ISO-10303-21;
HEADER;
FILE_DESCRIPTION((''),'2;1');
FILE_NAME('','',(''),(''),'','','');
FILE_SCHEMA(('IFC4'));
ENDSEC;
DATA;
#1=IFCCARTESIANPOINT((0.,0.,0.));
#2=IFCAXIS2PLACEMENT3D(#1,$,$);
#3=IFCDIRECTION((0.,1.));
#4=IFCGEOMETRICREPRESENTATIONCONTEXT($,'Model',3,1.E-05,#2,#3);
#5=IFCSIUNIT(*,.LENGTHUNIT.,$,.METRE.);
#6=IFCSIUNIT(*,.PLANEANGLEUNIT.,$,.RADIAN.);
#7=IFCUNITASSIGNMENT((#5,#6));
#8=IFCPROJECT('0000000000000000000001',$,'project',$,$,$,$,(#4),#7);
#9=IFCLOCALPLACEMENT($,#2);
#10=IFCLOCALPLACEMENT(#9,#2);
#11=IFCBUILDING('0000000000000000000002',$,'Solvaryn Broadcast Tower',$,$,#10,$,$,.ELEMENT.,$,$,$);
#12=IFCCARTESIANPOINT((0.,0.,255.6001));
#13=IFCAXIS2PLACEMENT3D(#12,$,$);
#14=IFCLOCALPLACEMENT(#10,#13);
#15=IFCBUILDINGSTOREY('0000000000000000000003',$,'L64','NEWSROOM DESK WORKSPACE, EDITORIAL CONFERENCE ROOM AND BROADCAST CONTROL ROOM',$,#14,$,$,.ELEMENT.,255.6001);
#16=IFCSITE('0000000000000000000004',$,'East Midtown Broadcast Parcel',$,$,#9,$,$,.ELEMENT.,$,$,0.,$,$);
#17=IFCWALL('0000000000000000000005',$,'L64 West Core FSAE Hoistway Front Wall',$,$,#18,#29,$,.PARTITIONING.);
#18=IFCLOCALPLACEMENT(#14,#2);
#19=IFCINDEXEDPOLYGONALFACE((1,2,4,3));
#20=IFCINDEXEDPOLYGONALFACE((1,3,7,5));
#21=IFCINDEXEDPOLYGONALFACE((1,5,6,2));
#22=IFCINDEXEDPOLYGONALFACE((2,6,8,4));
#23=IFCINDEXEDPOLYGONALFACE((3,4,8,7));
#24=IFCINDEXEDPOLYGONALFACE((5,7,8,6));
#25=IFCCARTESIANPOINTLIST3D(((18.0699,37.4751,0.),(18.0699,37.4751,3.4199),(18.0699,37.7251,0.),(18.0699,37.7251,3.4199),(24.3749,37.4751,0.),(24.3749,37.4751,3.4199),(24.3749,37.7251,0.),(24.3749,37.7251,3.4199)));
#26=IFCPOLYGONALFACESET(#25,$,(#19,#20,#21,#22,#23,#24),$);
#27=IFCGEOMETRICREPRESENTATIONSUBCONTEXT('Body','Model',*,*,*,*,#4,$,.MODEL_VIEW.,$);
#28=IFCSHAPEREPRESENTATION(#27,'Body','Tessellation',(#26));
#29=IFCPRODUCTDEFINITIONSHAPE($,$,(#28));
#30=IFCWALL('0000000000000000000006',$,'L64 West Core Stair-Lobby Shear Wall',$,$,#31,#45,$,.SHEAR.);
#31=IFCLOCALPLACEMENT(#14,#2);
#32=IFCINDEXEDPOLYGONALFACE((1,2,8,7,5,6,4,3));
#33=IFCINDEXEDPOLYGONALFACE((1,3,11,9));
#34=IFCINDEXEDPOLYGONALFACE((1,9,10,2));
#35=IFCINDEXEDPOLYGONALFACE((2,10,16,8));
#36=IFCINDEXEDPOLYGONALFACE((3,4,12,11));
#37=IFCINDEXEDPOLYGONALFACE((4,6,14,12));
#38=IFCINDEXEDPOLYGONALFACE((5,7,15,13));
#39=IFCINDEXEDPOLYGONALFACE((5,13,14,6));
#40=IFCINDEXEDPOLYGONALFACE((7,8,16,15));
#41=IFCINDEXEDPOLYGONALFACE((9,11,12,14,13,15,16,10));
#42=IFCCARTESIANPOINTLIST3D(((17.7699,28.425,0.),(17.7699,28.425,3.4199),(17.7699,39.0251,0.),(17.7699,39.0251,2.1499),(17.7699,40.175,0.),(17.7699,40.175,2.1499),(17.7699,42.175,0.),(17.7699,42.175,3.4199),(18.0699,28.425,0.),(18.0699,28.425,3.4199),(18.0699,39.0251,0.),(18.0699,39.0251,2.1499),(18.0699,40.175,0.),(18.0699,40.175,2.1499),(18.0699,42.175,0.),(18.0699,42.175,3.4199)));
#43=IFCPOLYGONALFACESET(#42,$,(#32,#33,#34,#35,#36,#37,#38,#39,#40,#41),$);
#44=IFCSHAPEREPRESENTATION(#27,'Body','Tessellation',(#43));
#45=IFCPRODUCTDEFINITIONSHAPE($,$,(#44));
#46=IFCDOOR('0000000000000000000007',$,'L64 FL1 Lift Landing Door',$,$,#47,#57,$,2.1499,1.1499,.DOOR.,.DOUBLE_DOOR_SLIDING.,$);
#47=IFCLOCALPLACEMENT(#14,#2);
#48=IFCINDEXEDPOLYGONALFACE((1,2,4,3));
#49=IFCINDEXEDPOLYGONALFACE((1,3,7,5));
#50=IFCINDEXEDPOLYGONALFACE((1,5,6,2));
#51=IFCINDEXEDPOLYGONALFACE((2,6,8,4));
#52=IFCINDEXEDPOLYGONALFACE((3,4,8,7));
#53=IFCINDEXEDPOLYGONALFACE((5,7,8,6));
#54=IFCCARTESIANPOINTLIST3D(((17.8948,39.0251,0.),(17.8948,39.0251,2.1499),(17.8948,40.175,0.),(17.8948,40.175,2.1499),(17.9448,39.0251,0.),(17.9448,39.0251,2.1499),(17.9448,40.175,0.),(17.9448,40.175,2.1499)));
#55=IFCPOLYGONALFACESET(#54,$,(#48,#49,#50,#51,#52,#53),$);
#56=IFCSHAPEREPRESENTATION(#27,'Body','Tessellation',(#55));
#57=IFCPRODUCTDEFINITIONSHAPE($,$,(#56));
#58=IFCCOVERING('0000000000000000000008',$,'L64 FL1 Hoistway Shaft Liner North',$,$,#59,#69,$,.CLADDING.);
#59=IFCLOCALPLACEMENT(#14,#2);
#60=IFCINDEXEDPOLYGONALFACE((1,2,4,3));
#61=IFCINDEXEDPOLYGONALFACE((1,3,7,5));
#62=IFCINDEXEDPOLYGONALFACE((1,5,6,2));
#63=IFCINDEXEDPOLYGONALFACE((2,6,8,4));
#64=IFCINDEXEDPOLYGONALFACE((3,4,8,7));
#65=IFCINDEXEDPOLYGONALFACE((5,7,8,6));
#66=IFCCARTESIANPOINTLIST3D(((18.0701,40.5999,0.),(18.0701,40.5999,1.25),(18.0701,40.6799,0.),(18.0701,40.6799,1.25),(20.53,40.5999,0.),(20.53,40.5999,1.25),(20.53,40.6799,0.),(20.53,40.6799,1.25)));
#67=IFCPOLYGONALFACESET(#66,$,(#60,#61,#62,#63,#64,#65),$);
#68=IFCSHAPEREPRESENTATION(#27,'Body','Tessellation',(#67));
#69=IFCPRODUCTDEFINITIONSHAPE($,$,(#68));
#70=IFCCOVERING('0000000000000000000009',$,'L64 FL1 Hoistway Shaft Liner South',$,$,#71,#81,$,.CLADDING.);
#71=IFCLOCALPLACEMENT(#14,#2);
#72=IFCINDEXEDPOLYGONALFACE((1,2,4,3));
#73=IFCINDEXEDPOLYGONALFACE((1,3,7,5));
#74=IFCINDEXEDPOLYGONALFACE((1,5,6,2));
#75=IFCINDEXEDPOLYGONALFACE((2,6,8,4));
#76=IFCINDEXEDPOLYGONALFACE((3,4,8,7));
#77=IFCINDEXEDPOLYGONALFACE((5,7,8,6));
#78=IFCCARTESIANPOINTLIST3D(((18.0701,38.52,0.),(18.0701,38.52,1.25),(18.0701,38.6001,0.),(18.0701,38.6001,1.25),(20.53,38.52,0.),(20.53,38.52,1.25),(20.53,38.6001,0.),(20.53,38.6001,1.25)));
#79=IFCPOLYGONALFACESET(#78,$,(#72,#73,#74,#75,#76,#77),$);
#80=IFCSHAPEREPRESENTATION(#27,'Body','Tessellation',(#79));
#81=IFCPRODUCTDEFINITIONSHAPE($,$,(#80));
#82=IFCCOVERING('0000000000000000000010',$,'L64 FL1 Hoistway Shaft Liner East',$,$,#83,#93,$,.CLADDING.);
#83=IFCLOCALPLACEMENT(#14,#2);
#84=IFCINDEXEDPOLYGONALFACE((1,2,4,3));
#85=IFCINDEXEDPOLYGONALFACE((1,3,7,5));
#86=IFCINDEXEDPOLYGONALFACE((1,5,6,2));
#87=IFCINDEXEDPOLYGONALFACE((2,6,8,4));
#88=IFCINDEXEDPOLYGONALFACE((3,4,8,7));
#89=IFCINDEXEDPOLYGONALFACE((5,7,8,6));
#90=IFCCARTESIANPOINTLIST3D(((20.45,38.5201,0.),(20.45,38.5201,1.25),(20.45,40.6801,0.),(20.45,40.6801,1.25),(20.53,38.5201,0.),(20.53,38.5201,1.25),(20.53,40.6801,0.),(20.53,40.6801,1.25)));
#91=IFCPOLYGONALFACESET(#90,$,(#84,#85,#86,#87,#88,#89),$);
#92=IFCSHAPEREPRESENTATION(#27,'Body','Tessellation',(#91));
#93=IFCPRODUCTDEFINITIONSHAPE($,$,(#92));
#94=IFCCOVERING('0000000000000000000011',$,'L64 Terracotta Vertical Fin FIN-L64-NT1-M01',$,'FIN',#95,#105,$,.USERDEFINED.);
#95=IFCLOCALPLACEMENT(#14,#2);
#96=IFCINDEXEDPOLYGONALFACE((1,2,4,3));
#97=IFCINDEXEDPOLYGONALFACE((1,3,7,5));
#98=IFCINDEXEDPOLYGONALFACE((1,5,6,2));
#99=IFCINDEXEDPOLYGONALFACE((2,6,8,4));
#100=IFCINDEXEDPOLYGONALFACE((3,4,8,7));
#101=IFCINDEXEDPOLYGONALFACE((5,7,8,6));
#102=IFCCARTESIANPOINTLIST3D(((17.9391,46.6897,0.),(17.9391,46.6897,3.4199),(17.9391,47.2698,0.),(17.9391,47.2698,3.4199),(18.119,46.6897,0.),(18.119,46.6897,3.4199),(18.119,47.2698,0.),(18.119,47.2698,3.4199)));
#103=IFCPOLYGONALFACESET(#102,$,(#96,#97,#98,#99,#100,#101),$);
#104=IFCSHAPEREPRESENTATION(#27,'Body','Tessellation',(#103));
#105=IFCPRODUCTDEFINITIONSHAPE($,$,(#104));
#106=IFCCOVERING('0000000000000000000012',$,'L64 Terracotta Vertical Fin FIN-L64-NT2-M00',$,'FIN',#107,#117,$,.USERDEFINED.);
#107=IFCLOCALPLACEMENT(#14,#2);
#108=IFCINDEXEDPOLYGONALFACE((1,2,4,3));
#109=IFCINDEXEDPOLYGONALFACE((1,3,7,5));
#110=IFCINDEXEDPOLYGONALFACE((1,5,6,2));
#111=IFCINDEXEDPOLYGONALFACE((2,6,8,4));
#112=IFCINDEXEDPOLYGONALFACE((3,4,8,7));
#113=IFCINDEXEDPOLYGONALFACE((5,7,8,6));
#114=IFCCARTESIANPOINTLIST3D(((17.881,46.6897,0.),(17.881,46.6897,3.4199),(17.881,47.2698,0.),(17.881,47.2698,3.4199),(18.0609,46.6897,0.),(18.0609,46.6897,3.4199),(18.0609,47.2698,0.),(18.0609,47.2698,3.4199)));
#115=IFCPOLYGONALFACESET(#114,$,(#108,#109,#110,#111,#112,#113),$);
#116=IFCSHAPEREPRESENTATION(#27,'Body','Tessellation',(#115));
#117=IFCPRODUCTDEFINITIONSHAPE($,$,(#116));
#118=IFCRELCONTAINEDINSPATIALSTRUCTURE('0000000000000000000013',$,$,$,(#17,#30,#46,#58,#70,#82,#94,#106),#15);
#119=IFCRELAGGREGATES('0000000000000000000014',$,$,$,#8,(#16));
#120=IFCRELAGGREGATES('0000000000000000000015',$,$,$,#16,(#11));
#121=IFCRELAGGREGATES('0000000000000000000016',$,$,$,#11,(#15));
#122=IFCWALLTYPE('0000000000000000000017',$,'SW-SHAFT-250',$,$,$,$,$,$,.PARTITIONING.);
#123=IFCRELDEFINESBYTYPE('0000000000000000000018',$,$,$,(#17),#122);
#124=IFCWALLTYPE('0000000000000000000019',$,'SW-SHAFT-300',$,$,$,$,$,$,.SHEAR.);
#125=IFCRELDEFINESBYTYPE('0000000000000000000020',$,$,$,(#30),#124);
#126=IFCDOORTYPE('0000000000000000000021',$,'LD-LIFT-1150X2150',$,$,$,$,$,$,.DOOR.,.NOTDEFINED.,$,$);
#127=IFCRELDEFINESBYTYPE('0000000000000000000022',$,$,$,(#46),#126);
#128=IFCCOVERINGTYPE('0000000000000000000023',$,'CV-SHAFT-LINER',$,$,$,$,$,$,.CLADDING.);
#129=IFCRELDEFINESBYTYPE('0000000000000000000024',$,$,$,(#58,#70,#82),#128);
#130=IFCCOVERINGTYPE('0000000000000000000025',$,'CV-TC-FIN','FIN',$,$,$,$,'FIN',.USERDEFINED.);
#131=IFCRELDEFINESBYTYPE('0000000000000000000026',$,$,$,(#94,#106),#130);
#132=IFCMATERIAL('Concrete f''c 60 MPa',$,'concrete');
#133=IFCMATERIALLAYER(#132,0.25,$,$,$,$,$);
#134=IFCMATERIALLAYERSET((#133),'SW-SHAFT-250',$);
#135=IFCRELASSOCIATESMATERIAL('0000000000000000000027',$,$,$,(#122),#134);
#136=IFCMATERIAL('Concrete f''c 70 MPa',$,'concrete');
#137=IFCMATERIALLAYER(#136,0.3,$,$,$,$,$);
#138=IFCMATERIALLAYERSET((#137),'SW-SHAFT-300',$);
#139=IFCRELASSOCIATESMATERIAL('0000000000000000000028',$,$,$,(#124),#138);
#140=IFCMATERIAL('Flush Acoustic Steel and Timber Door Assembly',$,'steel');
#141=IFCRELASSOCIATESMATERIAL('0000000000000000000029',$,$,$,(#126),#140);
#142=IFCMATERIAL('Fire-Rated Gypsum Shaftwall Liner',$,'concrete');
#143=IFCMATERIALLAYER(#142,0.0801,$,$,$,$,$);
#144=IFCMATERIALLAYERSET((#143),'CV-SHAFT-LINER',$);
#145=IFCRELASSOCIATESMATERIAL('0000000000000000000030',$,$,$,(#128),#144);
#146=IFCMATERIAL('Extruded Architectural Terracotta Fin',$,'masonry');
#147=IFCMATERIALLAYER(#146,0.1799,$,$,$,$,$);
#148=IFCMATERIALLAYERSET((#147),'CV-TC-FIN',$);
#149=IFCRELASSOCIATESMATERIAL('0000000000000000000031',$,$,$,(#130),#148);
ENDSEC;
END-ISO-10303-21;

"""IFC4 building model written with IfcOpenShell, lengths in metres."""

from ifc_helpers import new_model, si_unit, direction, frame, frame_2d, origin, origin_2d, place, context, subcontext, project, spatial, rectangle, extrude, material, layer, layer_set, type_object, element, fill, save


model = new_model("IFC4")

# Units and contexts
model_context = context("Model", 3, precision=1e-05, world=origin(), true_north=direction((0.0, 1.0)))
body_context = subcontext(model_context, "Body", "Model", "MODEL_VIEW")
ifc_project = project(units=[si_unit("LENGTHUNIT", "METRE"), si_unit("PLANEANGLEUNIT", "RADIAN")], contexts=[model_context])

# Site, building, storey
site_placement = place(None, origin())
site = spatial("IfcSite", under=ifc_project, at=site_placement, Name="East Midtown Broadcast Parcel", CompositionType="ELEMENT", RefElevation=0.0)
building_placement = place(site_placement, origin())
building = spatial("IfcBuilding", under=site, at=building_placement, Name="Solvaryn Broadcast Tower", CompositionType="ELEMENT")
storey_placement = place(building_placement, frame((0.0, 0.0, 255.6001)))
storey = spatial("IfcBuildingStorey", under=building, at=storey_placement, Name="L64", Description="NEWSROOM DESK WORKSPACE, EDITORIAL CONFERENCE ROOM AND BROADCAST CONTROL ROOM", CompositionType="ELEMENT", Elevation=255.6001)

# Wall
ifc_material_1 = material(Name="Concrete f'c 60 MPa", Category="concrete")
ifc_layer_1 = layer(ifc_material_1, 0.25)
ifc_layer_set_1 = layer_set([ifc_layer_1], Name="SW-SHAFT-250")
wall_type_1 = type_object("IfcWallType", Name="SW-SHAFT-250", PredefinedType="PARTITIONING", material=ifc_layer_set_1)
wall_1_placement = place(storey_placement, frame((18.0701, 37.6001, 0.0), z_axis=(0.0, 0.0, 1.0), x_axis=(1.0, 0.0, 0.0)))
element("IfcWall", 1, at=wall_1_placement, inside=storey, type_object=wall_type_1, Name="L64 West Core FSAE Hoistway Front Wall", PredefinedType="PARTITIONING", context=body_context, shape_type="SweptSolid", body=[
    extrude(rectangle(XDim=6.3049, YDim=0.25, at=frame_2d((3.1523, 0.0))), origin(), (0.0, 0.0, 1.0), 3.4199),
])

# Wall, opening, door
ifc_material_2 = material(Name="Concrete f'c 70 MPa", Category="concrete")
ifc_layer_2 = layer(ifc_material_2, 0.3)
ifc_layer_set_2 = layer_set([ifc_layer_2], Name="SW-SHAFT-300")
wall_type_2 = type_object("IfcWallType", Name="SW-SHAFT-300", PredefinedType="SHEAR", material=ifc_layer_set_2)
wall_2_placement = place(storey_placement, frame((17.9199, 42.175, 0.0), z_axis=(0.0, 0.0, 1.0), x_axis=(0.0, -1.0, 0.0)))
wall_2 = element("IfcWall", 2, at=wall_2_placement, inside=storey, type_object=wall_type_2, Name="L64 West Core Stair-Lobby Shear Wall", PredefinedType="SHEAR", context=body_context, shape_type="SweptSolid", body=[
    extrude(rectangle(XDim=13.75, YDim=0.3, at=frame_2d((6.875, 0.0))), origin(), (0.0, 0.0, 1.0), 3.4199),
])
opening_placement = place(wall_2_placement, frame((2.0, 0.0, 0.0)))
opening = element("IfcOpeningElement", 3, at=opening_placement, cuts=wall_2, PredefinedType="OPENING", context=body_context, shape_type="SweptSolid", body=[
    extrude(rectangle(XDim=1.1499, YDim=2.1499, at=frame_2d((0.575, 1.075))), frame((0.0, 0.1599, 0.0), z_axis=(0.0, -1.0, 0.0), x_axis=(1.0, 0.0, 0.0)), (0.0, 0.0, 1.0), 0.3201),
])
ifc_material_3 = material(Name="Flush Acoustic Steel and Timber Door Assembly", Category="steel")
door_type = type_object("IfcDoorType", Name="LD-LIFT-1150X2150", OperationType="NOTDEFINED", PredefinedType="DOOR", material=ifc_material_3)
door_placement = place(opening_placement, origin())
door = element("IfcDoor", 4, at=door_placement, inside=storey, type_object=door_type, Name="L64 FL1 Lift Landing Door", OperationType="DOUBLE_DOOR_SLIDING", OverallHeight=2.1499, OverallWidth=1.1499, PredefinedType="DOOR", context=body_context, shape_type="SweptSolid", body=[
    extrude(rectangle(XDim=1.1499, YDim=2.1499, at=frame_2d((0.575, 1.075))), frame((0.0, 0.0249, 0.0), z_axis=(0.0, -1.0, 0.0), x_axis=(1.0, 0.0, 0.0)), (0.0, 0.0, 1.0), 0.05),
])
fill(opening, door)

# Coverings
ifc_material_4 = material(Name="Fire-Rated Gypsum Shaftwall Liner", Category="concrete")
ifc_layer_3 = layer(ifc_material_4, 0.0801)
ifc_layer_set_3 = layer_set([ifc_layer_3], Name="CV-SHAFT-LINER")
covering_type_1 = type_object("IfcCoveringType", Name="CV-SHAFT-LINER", PredefinedType="CLADDING", material=ifc_layer_set_3)
for number, where, z_axis, x_axis, name in (
    (5, (19.3, 40.6399, 0.0), (0.0, 0.0, 1.0), (1.0, 0.0, 0.0), "L64 FL1 Hoistway Shaft Liner North"),
    (6, (19.3, 38.5601, 0.0), (0.0, 0.0, 1.0), (1.0, 0.0, 0.0), "L64 FL1 Hoistway Shaft Liner South"),
):
    element("IfcCovering", number, at=place(storey_placement, frame(where, z_axis=z_axis, x_axis=x_axis)), inside=storey, type_object=covering_type_1, Name=name, PredefinedType="CLADDING", context=body_context, shape_type="SweptSolid", body=[
        extrude(rectangle(XDim=2.46, YDim=0.0801, at=origin_2d()), origin(), (0.0, 0.0, 1.0), 1.25),
    ])
covering_placement = place(storey_placement, frame((20.49, 39.6001, 0.0), z_axis=(0.0, 0.0, 1.0), x_axis=(1.0, 0.0, 0.0)))
element("IfcCovering", 7, at=covering_placement, inside=storey, type_object=covering_type_1, Name="L64 FL1 Hoistway Shaft Liner East", PredefinedType="CLADDING", context=body_context, shape_type="SweptSolid", body=[
    extrude(rectangle(XDim=0.0801, YDim=2.1599, at=origin_2d()), origin(), (0.0, 0.0, 1.0), 1.25),
])
ifc_material_5 = material(Name="Extruded Architectural Terracotta Fin", Category="masonry")
ifc_layer_4 = layer(ifc_material_5, 0.1799)
ifc_layer_set_4 = layer_set([ifc_layer_4], Name="CV-TC-FIN")
covering_type_2 = type_object("IfcCoveringType", Name="CV-TC-FIN", Description="FIN", ElementType="FIN", PredefinedType="USERDEFINED", material=ifc_layer_set_4)
for number, where, z_axis, x_axis, name in (
    (8, (18.0291, 46.9797, 0.0), (0.0, 0.0, 1.0), (1.0, 0.0, 0.0), "L64 Terracotta Vertical Fin FIN-L64-NT1-M01"),
    (9, (17.9709, 46.9797, 0.0), (0.0, 0.0, 1.0), (1.0, 0.0, 0.0), "L64 Terracotta Vertical Fin FIN-L64-NT2-M00"),
):
    element("IfcCovering", number, at=place(storey_placement, frame(where, z_axis=z_axis, x_axis=x_axis)), inside=storey, type_object=covering_type_2, Name=name, ObjectType="FIN", PredefinedType="USERDEFINED", context=body_context, shape_type="SweptSolid", body=[
        extrude(rectangle(XDim=0.1799, YDim=0.5801, at=origin_2d()), origin(), (0.0, 0.0, 1.0), 3.4199),
    ])

save(model, "model.ifc")
